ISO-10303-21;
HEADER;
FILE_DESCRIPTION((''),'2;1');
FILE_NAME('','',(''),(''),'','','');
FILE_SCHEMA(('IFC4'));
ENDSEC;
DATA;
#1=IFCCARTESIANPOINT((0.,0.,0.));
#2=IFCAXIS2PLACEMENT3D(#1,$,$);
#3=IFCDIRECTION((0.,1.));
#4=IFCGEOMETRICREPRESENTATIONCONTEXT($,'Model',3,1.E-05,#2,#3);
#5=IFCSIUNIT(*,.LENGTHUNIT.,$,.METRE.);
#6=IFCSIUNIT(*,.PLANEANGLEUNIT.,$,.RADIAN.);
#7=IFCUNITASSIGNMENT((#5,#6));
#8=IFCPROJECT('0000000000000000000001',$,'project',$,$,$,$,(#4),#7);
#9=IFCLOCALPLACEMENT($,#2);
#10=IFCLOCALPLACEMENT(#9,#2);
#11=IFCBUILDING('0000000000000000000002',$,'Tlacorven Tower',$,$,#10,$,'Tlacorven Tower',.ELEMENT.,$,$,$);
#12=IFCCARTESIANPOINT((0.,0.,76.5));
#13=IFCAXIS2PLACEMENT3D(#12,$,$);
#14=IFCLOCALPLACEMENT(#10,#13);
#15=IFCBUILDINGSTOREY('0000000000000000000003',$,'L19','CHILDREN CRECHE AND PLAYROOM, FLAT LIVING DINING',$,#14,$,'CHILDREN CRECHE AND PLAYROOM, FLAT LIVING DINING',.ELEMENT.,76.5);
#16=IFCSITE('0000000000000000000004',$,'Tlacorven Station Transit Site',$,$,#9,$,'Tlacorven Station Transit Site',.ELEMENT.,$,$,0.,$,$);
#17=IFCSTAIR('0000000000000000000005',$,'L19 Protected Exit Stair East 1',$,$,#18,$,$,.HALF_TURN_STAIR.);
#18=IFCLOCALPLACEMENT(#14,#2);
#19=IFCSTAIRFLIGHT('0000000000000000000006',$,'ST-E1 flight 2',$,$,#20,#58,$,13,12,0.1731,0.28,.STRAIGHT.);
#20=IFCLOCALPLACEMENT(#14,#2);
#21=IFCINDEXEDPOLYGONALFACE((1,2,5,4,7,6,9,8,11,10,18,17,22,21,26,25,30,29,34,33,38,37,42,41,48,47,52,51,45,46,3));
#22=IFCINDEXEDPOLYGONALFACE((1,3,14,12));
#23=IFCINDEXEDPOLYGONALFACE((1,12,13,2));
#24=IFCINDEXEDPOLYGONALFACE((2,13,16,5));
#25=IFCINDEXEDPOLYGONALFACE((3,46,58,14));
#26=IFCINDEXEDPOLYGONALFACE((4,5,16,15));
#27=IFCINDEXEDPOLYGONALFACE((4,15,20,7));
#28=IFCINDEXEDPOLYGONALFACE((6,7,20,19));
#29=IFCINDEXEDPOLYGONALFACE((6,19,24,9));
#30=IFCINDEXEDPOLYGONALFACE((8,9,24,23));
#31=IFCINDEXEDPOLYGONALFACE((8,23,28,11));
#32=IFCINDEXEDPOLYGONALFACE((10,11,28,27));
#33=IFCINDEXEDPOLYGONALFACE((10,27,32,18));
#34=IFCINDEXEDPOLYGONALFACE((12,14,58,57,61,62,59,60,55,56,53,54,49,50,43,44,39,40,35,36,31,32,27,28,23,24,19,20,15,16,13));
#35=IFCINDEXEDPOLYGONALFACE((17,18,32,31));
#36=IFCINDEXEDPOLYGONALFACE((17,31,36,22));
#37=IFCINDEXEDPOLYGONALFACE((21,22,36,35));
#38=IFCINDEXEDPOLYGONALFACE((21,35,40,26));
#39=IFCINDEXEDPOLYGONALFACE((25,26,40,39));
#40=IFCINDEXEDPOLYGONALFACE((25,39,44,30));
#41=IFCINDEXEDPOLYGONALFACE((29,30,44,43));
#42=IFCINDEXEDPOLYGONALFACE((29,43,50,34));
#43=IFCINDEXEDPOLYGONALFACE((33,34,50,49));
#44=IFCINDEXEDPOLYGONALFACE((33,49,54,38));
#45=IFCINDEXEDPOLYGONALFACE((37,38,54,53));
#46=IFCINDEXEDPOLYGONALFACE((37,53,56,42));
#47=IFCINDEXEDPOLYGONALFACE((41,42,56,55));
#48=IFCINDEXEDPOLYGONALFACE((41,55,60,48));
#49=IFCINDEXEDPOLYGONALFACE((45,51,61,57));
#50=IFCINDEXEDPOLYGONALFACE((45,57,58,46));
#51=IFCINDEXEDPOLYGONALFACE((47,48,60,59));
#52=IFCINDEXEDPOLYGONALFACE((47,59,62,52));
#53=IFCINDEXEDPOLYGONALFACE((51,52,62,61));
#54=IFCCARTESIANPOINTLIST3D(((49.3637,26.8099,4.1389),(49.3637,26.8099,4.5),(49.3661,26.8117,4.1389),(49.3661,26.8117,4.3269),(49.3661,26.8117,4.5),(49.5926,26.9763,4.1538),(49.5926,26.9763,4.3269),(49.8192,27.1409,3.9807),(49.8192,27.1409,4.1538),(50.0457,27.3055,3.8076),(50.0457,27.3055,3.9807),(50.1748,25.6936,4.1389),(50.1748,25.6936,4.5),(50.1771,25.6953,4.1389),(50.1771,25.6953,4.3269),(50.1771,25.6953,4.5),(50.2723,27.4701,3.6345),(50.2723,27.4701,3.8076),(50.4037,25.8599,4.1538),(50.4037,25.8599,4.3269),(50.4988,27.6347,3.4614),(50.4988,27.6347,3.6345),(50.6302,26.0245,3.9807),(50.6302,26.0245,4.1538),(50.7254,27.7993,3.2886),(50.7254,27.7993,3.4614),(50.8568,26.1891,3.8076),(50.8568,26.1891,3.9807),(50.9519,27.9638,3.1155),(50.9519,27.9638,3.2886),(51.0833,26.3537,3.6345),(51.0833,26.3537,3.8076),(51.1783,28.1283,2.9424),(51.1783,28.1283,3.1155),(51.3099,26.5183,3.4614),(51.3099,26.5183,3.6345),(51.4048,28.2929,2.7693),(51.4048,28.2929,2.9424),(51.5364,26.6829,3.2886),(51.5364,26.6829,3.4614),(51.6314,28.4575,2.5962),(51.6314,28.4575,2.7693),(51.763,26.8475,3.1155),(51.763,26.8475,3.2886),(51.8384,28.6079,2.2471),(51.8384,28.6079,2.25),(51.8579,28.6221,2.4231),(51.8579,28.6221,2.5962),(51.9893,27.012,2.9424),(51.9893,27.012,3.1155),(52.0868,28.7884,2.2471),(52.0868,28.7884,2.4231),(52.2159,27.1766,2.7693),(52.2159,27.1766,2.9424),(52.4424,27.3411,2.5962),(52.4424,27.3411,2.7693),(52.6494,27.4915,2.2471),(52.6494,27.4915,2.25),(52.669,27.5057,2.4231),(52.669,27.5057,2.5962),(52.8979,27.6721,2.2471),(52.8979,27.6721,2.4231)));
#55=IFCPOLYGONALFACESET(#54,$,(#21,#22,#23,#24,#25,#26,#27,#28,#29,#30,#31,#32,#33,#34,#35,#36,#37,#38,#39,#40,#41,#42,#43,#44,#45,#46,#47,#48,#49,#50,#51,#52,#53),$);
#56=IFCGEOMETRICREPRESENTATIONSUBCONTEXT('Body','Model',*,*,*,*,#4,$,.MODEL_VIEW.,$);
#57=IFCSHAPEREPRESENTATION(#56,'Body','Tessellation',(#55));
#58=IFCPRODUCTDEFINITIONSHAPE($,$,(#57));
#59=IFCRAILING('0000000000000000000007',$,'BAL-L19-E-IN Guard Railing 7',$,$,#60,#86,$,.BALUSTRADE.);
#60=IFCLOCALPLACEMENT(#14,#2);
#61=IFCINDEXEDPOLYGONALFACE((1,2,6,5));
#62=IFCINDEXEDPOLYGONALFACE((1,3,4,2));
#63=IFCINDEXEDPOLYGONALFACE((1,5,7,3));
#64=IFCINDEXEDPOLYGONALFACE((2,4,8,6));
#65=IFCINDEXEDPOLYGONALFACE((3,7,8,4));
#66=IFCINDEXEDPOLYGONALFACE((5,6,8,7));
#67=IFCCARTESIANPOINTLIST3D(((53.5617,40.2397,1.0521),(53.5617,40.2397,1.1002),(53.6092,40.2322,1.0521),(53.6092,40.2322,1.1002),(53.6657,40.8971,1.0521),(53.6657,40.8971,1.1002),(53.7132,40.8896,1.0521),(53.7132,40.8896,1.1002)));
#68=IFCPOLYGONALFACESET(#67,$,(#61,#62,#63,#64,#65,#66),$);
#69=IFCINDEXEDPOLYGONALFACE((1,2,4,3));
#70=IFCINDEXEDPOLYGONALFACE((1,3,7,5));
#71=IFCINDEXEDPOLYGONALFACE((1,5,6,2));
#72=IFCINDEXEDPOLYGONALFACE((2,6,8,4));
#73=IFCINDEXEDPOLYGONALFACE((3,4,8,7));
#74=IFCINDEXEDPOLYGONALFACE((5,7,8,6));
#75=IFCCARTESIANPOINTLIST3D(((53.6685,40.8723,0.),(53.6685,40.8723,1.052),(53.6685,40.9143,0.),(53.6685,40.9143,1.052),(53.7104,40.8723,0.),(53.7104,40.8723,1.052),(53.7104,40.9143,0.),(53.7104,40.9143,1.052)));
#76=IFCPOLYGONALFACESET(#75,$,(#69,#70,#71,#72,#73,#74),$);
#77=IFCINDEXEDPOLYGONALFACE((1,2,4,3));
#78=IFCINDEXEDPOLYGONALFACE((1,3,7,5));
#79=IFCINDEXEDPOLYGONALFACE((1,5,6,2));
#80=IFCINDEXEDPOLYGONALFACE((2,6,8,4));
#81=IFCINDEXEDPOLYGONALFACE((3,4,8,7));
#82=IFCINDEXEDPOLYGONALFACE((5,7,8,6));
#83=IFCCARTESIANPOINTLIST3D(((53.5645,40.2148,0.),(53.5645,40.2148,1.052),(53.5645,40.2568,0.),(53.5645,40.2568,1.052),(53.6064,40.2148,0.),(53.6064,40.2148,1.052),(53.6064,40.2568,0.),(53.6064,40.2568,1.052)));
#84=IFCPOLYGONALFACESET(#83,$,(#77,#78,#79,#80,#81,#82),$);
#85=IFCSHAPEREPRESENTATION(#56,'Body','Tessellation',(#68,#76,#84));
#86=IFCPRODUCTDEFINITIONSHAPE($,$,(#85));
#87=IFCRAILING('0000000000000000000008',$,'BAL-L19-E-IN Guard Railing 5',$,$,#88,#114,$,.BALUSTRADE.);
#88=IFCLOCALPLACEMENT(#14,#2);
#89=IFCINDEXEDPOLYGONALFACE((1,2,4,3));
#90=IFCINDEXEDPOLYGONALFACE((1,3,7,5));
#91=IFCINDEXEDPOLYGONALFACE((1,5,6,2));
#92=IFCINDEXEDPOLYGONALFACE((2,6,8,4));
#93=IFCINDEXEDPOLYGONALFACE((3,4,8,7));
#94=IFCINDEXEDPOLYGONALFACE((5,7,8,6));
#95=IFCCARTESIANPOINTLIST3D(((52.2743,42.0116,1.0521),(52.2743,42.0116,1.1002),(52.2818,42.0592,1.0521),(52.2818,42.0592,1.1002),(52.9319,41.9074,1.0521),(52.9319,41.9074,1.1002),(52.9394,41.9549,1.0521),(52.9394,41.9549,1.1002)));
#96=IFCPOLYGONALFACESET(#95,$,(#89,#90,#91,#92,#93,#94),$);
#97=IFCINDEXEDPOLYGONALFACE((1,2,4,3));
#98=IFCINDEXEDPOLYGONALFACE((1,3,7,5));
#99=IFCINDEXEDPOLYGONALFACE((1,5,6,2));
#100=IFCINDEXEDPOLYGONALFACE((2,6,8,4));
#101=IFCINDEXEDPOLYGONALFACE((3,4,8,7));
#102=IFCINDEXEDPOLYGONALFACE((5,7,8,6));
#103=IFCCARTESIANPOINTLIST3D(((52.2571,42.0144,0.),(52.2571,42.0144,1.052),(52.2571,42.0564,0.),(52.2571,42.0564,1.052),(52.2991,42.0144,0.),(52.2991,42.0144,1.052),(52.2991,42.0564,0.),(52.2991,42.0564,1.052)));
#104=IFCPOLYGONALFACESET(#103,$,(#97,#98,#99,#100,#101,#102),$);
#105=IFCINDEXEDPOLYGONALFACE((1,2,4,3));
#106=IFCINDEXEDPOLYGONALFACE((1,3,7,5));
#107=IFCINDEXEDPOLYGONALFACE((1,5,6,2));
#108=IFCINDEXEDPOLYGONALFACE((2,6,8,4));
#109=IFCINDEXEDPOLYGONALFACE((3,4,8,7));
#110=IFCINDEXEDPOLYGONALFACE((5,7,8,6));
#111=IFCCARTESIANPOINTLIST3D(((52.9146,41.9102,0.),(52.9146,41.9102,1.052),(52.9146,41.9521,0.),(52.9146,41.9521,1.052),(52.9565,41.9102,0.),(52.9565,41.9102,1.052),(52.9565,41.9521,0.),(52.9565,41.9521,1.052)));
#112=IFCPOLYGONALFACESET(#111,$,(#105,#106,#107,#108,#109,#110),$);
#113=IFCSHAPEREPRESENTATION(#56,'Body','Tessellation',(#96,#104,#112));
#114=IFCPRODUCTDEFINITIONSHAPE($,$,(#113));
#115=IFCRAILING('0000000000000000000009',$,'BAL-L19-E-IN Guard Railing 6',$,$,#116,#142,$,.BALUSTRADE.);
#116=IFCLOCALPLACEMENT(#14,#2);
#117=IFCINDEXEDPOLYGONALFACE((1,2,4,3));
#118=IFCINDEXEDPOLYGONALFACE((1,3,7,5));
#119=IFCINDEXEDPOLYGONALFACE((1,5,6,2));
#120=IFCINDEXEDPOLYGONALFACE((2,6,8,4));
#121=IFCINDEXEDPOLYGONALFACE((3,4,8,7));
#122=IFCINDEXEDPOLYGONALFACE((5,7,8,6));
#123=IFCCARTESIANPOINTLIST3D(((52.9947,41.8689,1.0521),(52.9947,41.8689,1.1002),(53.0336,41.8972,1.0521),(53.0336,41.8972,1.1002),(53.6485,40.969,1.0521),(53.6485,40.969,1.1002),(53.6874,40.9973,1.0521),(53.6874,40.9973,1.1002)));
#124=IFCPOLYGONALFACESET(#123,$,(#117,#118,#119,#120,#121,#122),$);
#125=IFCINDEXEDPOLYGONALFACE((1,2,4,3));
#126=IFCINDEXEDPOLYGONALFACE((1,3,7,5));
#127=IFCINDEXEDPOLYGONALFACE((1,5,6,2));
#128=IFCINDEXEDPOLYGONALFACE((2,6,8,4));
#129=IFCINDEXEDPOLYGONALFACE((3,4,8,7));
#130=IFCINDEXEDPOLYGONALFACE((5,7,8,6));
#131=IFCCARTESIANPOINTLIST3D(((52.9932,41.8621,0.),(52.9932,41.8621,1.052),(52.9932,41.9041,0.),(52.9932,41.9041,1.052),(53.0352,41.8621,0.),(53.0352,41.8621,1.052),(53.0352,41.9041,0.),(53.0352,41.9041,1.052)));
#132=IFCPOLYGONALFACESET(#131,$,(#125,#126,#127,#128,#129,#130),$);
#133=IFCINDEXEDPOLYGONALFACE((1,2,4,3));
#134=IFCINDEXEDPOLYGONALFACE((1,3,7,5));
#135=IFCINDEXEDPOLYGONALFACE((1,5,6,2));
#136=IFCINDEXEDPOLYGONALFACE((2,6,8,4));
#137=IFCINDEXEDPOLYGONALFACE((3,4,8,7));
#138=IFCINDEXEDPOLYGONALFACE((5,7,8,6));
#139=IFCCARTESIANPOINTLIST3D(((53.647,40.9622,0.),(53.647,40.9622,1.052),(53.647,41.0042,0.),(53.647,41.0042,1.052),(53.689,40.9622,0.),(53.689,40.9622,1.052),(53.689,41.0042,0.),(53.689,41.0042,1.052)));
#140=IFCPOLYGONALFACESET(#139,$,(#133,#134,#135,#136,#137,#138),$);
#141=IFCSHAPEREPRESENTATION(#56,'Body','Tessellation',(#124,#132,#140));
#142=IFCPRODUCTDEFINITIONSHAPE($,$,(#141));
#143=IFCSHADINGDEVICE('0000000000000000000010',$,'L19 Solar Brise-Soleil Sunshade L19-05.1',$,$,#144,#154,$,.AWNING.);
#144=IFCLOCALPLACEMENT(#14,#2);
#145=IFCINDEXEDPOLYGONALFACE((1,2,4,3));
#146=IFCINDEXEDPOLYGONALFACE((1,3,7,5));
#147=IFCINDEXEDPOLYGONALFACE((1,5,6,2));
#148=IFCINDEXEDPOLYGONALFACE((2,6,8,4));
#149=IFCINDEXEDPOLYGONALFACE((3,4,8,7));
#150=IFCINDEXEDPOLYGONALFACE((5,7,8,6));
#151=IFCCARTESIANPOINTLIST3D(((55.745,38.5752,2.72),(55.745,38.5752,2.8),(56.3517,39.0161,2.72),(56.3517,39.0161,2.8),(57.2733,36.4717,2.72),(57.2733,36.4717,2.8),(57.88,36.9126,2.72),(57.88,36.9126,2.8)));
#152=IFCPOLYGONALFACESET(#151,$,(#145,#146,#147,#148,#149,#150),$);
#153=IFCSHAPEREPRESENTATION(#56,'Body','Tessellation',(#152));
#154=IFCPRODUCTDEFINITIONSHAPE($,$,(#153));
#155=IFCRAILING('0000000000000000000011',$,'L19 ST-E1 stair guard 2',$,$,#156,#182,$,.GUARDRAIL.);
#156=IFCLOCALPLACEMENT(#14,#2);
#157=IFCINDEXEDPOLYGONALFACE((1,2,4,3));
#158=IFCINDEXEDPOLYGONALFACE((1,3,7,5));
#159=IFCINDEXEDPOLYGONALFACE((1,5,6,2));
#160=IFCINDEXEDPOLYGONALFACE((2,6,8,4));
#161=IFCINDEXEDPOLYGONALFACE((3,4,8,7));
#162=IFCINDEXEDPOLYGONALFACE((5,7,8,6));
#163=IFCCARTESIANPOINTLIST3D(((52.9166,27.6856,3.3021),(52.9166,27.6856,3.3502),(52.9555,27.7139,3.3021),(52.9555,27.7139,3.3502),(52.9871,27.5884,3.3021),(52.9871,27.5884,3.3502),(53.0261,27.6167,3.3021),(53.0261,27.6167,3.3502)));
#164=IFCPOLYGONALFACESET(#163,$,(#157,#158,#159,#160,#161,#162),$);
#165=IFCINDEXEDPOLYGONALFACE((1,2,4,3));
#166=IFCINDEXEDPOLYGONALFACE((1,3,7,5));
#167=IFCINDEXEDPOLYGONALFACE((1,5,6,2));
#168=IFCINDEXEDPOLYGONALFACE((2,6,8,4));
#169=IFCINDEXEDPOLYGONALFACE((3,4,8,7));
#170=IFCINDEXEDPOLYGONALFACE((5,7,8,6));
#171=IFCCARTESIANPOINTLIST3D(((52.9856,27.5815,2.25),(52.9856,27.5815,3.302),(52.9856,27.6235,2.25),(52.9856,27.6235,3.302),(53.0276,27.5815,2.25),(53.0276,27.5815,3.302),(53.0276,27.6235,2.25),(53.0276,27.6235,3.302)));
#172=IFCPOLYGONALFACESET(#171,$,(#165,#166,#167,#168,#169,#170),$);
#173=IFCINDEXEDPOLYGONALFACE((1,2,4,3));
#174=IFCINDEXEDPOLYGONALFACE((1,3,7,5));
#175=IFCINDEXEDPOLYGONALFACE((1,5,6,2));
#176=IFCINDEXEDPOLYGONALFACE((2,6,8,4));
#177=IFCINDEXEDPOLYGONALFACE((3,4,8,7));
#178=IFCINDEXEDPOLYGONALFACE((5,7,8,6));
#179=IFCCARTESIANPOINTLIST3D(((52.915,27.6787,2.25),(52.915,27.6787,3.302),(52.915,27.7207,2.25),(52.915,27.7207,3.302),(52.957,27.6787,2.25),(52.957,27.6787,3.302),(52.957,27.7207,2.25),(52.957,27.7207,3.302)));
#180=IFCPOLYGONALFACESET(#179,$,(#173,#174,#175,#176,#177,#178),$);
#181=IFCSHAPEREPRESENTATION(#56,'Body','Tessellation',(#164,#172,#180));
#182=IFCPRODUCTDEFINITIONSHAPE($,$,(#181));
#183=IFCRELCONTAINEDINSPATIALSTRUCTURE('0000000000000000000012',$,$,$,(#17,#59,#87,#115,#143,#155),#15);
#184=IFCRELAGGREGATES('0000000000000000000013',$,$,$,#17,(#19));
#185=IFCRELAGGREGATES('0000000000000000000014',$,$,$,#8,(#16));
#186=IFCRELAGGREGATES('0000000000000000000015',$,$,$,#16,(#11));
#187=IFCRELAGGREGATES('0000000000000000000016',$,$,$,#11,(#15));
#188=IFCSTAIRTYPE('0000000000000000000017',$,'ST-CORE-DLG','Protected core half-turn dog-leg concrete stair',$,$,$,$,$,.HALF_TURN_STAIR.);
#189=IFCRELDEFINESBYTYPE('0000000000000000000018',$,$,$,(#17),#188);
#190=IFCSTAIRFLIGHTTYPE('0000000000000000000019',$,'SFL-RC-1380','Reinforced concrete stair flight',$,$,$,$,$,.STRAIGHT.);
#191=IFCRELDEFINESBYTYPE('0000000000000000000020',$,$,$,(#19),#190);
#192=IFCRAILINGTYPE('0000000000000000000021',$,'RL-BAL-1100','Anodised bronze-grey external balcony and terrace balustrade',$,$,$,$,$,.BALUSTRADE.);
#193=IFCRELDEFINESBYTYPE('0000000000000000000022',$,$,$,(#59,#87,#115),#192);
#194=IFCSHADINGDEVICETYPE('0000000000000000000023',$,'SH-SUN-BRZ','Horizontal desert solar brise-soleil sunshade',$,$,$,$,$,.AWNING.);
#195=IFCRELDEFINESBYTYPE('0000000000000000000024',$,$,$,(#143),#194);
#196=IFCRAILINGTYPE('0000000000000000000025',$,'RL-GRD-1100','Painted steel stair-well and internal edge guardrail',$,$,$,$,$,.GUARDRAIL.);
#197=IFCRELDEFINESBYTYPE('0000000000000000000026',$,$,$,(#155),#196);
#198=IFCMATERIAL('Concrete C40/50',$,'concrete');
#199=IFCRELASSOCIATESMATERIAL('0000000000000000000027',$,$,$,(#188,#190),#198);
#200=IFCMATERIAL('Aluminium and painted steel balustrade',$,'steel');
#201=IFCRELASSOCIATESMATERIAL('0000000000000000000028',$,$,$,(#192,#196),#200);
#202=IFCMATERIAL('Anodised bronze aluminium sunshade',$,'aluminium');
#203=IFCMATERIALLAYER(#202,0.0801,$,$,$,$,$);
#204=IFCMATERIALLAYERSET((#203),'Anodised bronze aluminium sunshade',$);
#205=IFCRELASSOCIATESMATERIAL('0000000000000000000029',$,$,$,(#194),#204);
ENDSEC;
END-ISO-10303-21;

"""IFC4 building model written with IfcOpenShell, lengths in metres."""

from ifc_helpers import new_model, si_unit, direction, frame, origin, origin_2d, place, context, subcontext, project, spatial, polyline, rectangle, outline, extrude, source, transform, mapped, material, layer, layer_set, type_object, element, aggregate, save


model = new_model("IFC4")

# Units and contexts
model_context = context("Model", 3, precision=1e-05, world=origin(), true_north=direction((0.0, 1.0)))
body_context = subcontext(model_context, "Body", "Model", "MODEL_VIEW")
ifc_project = project(units=[si_unit("LENGTHUNIT", "METRE"), si_unit("PLANEANGLEUNIT", "RADIAN")], contexts=[model_context])

# Site, building, storey
site_placement = place(None, origin())
site = spatial("IfcSite", under=ifc_project, at=site_placement, Name="Tlacorven Station Transit Site", LongName="Tlacorven Station Transit Site", CompositionType="ELEMENT", RefElevation=0.0)
building_placement = place(site_placement, origin())
building = spatial("IfcBuilding", under=site, at=building_placement, Name="Tlacorven Tower", LongName="Tlacorven Tower", CompositionType="ELEMENT")
storey_placement = place(building_placement, frame((0.0, 0.0, 76.5)))
storey = spatial("IfcBuildingStorey", under=building, at=storey_placement, Name="L19", Description="CHILDREN CRECHE AND PLAYROOM, FLAT LIVING DINING", LongName="CHILDREN CRECHE AND PLAYROOM, FLAT LIVING DINING", CompositionType="ELEMENT", Elevation=76.5)

# Stair, stair flight
ifc_material_1 = material(Name="Concrete C40/50", Category="concrete")
stair_type = type_object("IfcStairType", Name="ST-CORE-DLG", Description="Protected core half-turn dog-leg concrete stair", PredefinedType="HALF_TURN_STAIR", material=ifc_material_1)
stair_placement = place(storey_placement, origin())
stair = element("IfcStair", 1, at=stair_placement, inside=storey, type_object=stair_type, Name="L19 Protected Exit Stair East 1", PredefinedType="HALF_TURN_STAIR")
stair_flight_type = type_object("IfcStairFlightType", Name="SFL-RC-1380", Description="Reinforced concrete stair flight", PredefinedType="STRAIGHT", material=ifc_material_1)
shared_shape_1 = source(origin(), body_context, "Body", "SweptSolid", [
    extrude(outline(polyline([(-0.0029, -0.0029), (-0.0029, 0.1731), (0.28, 0.1731), (0.28, 0.3462), (0.5601, 0.3462), (0.5601, 0.5193), (0.8401, 0.5193), (0.8401, 0.6924), (1.1201, 0.6924), (1.1201, 0.8655), (1.3999, 0.8655), (1.3999, 1.0386), (1.6799, 1.0386), (1.6799, 1.2114), (1.96, 1.2114), (1.96, 1.3845), (2.24, 1.3845), (2.24, 1.5576), (2.52, 1.5576), (2.52, 1.7307), (2.8, 1.7307), (2.8, 1.9038), (3.0801, 1.9038), (3.0801, 2.0769), (3.3601, 2.0769), (3.3601, 2.25), (3.363, 2.25), (3.363, 1.8889), (3.3601, 1.8889), (0.3042, 0.0), (0.3042, -0.0029), (-0.0029, -0.0029)])), frame((0.0, 0.6899, 0.0), z_axis=(0.0, -1.0, 0.0), x_axis=(1.0, 0.0, 0.0)), (0.0, 0.0, 1.0), 1.3799),
])
stair_flight_placement = place(storey_placement, frame((52.49, 28.2285, 2.25), z_axis=(0.0, 0.0, 1.0), x_axis=(-0.809017, -0.587785, 0.0)))
stair_flight = element("IfcStairFlight", 2, at=stair_flight_placement, type_object=stair_flight_type, Name="ST-E1 flight 2", NumberOfRisers=13, NumberOfTreads=12, PredefinedType="STRAIGHT", RiserHeight=0.1731, TreadLength=0.28, context=body_context, shape_type="MappedRepresentation", body=[
    mapped(shared_shape_1, transform((0.0, 0.0, 0.0), scale=1.0)),
])
aggregate(stair, [stair_flight])

# Railings
ifc_material_2 = material(Name="Aluminium and painted steel balustrade", Category="steel")
railing_type_1 = type_object("IfcRailingType", Name="RL-BAL-1100", Description="Anodised bronze-grey external balcony and terrace balustrade", PredefinedType="BALUSTRADE", material=ifc_material_2)
shared_shape_2 = source(origin(), body_context, "Body", "SweptSolid", [
    extrude(rectangle(XDim=0.0481, YDim=0.0481, at=origin_2d()), frame((0.0, 0.0, 1.0762), z_axis=(-0.156245, -0.987718, 0.0), x_axis=(0.987718, -0.156245, 0.0)), (0.0, 0.0, 1.0), 0.6655),
    extrude(rectangle(XDim=0.042, YDim=0.042, at=origin_2d()), origin(), (0.0, 0.0, 1.0), 1.052),
    extrude(rectangle(XDim=0.042, YDim=0.042, at=origin_2d()), frame((-0.104, -0.6575, 0.0)), (0.0, 0.0, 1.0), 1.052),
])
railing_1_placement = place(storey_placement, frame((53.6895, 40.8933, 0.0)))
element("IfcRailing", 3, at=railing_1_placement, inside=storey, type_object=railing_type_1, Name="BAL-L19-E-IN Guard Railing 7", PredefinedType="BALUSTRADE", context=body_context, shape_type="MappedRepresentation", body=[
    mapped(shared_shape_2, transform((0.0, 0.0, 0.0), scale=1.0)),
])
shared_shape_3 = source(origin(), body_context, "Body", "SweptSolid", [
    extrude(rectangle(XDim=0.0481, YDim=0.0481, at=origin_2d()), frame((0.0, 0.0, 1.0762), z_axis=(0.987662, -0.156603, 0.0), x_axis=(0.156603, 0.987662, 0.0)), (0.0, 0.0, 1.0), 0.6658),
    extrude(rectangle(XDim=0.042, YDim=0.042, at=origin_2d()), origin(), (0.0, 0.0, 1.0), 1.052),
    extrude(rectangle(XDim=0.042, YDim=0.042, at=origin_2d()), frame((0.6575, -0.1042, 0.0)), (0.0, 0.0, 1.0), 1.052),
])
railing_2_placement = place(storey_placement, frame((52.2781, 42.0354, 0.0)))
element("IfcRailing", 4, at=railing_2_placement, inside=storey, type_object=railing_type_1, Name="BAL-L19-E-IN Guard Railing 5", PredefinedType="BALUSTRADE", context=body_context, shape_type="MappedRepresentation", body=[
    mapped(shared_shape_3, transform((0.0, 0.0, 0.0), scale=1.0)),
])
shared_shape_4 = source(origin(), body_context, "Body", "SweptSolid", [
    extrude(rectangle(XDim=0.0481, YDim=0.0481, at=origin_2d()), frame((0.0, 0.0, 1.0762), z_axis=(0.58778, -0.809021, 0.0), x_axis=(0.809021, 0.58778, 0.0)), (0.0, 0.0, 1.0), 1.1123),
    extrude(rectangle(XDim=0.042, YDim=0.042, at=origin_2d()), origin(), (0.0, 0.0, 1.0), 1.052),
    extrude(rectangle(XDim=0.042, YDim=0.042, at=origin_2d()), frame((0.6538, -0.8999, 0.0)), (0.0, 0.0, 1.0), 1.052),
])
railing_3_placement = place(storey_placement, frame((53.0142, 41.8831, 0.0)))
element("IfcRailing", 5, at=railing_3_placement, inside=storey, type_object=railing_type_1, Name="BAL-L19-E-IN Guard Railing 6", PredefinedType="BALUSTRADE", context=body_context, shape_type="MappedRepresentation", body=[
    mapped(shared_shape_4, transform((0.0, 0.0, 0.0), scale=1.0)),
])

# Shading device
ifc_material_3 = material(Name="Anodised bronze aluminium sunshade", Category="aluminium")
ifc_layer_1 = layer(ifc_material_3, 0.0801)
ifc_layer_set_1 = layer_set([ifc_layer_1], Name="Anodised bronze aluminium sunshade")
shading_device_type = type_object("IfcShadingDeviceType", Name="SH-SUN-BRZ", Description="Horizontal desert solar brise-soleil sunshade", PredefinedType="AWNING", material=ifc_layer_set_1)
shared_shape_5 = source(origin(), body_context, "Body", "SweptSolid", [
    extrude(rectangle(XDim=2.6001, YDim=0.75, at=origin_2d()), origin(), (0.0, 0.0, 1.0), 0.0801),
])
shading_device_placement = place(storey_placement, frame((56.8125, 37.7439, 2.72), z_axis=(0.0, 0.0, 1.0), x_axis=(0.587785, -0.809017, 0.0)))
element("IfcShadingDevice", 6, at=shading_device_placement, inside=storey, type_object=shading_device_type, Name="L19 Solar Brise-Soleil Sunshade L19-05.1", PredefinedType="AWNING", context=body_context, shape_type="MappedRepresentation", body=[
    mapped(shared_shape_5, transform((0.0, 0.0, 0.0), scale=1.0)),
])

# Railing
railing_type_2 = type_object("IfcRailingType", Name="RL-GRD-1100", Description="Painted steel stair-well and internal edge guardrail", PredefinedType="GUARDRAIL", material=ifc_material_2)
shared_shape_6 = source(origin(), body_context, "Body", "SweptSolid", [
    extrude(rectangle(XDim=0.0481, YDim=0.0481, at=origin_2d()), frame((0.0, 0.0, 1.0762), z_axis=(-0.587567, 0.809175, 0.0), x_axis=(-0.809175, -0.587567, 0.0)), (0.0, 0.0, 1.0), 0.1201),
    extrude(rectangle(XDim=0.042, YDim=0.042, at=origin_2d()), origin(), (0.0, 0.0, 1.0), 1.052),
    extrude(rectangle(XDim=0.042, YDim=0.042, at=origin_2d()), frame((-0.0706, 0.0972, 0.0)), (0.0, 0.0, 1.0), 1.052),
])
railing_4_placement = place(storey_placement, frame((53.0066, 27.6025, 2.25)))
element("IfcRailing", 7, at=railing_4_placement, inside=storey, type_object=railing_type_2, Name="L19 ST-E1 stair guard 2", PredefinedType="GUARDRAIL", context=body_context, shape_type="MappedRepresentation", body=[
    mapped(shared_shape_6, transform((0.0, 0.0, 0.0), scale=1.0)),
])

save(model, "model.ifc")
